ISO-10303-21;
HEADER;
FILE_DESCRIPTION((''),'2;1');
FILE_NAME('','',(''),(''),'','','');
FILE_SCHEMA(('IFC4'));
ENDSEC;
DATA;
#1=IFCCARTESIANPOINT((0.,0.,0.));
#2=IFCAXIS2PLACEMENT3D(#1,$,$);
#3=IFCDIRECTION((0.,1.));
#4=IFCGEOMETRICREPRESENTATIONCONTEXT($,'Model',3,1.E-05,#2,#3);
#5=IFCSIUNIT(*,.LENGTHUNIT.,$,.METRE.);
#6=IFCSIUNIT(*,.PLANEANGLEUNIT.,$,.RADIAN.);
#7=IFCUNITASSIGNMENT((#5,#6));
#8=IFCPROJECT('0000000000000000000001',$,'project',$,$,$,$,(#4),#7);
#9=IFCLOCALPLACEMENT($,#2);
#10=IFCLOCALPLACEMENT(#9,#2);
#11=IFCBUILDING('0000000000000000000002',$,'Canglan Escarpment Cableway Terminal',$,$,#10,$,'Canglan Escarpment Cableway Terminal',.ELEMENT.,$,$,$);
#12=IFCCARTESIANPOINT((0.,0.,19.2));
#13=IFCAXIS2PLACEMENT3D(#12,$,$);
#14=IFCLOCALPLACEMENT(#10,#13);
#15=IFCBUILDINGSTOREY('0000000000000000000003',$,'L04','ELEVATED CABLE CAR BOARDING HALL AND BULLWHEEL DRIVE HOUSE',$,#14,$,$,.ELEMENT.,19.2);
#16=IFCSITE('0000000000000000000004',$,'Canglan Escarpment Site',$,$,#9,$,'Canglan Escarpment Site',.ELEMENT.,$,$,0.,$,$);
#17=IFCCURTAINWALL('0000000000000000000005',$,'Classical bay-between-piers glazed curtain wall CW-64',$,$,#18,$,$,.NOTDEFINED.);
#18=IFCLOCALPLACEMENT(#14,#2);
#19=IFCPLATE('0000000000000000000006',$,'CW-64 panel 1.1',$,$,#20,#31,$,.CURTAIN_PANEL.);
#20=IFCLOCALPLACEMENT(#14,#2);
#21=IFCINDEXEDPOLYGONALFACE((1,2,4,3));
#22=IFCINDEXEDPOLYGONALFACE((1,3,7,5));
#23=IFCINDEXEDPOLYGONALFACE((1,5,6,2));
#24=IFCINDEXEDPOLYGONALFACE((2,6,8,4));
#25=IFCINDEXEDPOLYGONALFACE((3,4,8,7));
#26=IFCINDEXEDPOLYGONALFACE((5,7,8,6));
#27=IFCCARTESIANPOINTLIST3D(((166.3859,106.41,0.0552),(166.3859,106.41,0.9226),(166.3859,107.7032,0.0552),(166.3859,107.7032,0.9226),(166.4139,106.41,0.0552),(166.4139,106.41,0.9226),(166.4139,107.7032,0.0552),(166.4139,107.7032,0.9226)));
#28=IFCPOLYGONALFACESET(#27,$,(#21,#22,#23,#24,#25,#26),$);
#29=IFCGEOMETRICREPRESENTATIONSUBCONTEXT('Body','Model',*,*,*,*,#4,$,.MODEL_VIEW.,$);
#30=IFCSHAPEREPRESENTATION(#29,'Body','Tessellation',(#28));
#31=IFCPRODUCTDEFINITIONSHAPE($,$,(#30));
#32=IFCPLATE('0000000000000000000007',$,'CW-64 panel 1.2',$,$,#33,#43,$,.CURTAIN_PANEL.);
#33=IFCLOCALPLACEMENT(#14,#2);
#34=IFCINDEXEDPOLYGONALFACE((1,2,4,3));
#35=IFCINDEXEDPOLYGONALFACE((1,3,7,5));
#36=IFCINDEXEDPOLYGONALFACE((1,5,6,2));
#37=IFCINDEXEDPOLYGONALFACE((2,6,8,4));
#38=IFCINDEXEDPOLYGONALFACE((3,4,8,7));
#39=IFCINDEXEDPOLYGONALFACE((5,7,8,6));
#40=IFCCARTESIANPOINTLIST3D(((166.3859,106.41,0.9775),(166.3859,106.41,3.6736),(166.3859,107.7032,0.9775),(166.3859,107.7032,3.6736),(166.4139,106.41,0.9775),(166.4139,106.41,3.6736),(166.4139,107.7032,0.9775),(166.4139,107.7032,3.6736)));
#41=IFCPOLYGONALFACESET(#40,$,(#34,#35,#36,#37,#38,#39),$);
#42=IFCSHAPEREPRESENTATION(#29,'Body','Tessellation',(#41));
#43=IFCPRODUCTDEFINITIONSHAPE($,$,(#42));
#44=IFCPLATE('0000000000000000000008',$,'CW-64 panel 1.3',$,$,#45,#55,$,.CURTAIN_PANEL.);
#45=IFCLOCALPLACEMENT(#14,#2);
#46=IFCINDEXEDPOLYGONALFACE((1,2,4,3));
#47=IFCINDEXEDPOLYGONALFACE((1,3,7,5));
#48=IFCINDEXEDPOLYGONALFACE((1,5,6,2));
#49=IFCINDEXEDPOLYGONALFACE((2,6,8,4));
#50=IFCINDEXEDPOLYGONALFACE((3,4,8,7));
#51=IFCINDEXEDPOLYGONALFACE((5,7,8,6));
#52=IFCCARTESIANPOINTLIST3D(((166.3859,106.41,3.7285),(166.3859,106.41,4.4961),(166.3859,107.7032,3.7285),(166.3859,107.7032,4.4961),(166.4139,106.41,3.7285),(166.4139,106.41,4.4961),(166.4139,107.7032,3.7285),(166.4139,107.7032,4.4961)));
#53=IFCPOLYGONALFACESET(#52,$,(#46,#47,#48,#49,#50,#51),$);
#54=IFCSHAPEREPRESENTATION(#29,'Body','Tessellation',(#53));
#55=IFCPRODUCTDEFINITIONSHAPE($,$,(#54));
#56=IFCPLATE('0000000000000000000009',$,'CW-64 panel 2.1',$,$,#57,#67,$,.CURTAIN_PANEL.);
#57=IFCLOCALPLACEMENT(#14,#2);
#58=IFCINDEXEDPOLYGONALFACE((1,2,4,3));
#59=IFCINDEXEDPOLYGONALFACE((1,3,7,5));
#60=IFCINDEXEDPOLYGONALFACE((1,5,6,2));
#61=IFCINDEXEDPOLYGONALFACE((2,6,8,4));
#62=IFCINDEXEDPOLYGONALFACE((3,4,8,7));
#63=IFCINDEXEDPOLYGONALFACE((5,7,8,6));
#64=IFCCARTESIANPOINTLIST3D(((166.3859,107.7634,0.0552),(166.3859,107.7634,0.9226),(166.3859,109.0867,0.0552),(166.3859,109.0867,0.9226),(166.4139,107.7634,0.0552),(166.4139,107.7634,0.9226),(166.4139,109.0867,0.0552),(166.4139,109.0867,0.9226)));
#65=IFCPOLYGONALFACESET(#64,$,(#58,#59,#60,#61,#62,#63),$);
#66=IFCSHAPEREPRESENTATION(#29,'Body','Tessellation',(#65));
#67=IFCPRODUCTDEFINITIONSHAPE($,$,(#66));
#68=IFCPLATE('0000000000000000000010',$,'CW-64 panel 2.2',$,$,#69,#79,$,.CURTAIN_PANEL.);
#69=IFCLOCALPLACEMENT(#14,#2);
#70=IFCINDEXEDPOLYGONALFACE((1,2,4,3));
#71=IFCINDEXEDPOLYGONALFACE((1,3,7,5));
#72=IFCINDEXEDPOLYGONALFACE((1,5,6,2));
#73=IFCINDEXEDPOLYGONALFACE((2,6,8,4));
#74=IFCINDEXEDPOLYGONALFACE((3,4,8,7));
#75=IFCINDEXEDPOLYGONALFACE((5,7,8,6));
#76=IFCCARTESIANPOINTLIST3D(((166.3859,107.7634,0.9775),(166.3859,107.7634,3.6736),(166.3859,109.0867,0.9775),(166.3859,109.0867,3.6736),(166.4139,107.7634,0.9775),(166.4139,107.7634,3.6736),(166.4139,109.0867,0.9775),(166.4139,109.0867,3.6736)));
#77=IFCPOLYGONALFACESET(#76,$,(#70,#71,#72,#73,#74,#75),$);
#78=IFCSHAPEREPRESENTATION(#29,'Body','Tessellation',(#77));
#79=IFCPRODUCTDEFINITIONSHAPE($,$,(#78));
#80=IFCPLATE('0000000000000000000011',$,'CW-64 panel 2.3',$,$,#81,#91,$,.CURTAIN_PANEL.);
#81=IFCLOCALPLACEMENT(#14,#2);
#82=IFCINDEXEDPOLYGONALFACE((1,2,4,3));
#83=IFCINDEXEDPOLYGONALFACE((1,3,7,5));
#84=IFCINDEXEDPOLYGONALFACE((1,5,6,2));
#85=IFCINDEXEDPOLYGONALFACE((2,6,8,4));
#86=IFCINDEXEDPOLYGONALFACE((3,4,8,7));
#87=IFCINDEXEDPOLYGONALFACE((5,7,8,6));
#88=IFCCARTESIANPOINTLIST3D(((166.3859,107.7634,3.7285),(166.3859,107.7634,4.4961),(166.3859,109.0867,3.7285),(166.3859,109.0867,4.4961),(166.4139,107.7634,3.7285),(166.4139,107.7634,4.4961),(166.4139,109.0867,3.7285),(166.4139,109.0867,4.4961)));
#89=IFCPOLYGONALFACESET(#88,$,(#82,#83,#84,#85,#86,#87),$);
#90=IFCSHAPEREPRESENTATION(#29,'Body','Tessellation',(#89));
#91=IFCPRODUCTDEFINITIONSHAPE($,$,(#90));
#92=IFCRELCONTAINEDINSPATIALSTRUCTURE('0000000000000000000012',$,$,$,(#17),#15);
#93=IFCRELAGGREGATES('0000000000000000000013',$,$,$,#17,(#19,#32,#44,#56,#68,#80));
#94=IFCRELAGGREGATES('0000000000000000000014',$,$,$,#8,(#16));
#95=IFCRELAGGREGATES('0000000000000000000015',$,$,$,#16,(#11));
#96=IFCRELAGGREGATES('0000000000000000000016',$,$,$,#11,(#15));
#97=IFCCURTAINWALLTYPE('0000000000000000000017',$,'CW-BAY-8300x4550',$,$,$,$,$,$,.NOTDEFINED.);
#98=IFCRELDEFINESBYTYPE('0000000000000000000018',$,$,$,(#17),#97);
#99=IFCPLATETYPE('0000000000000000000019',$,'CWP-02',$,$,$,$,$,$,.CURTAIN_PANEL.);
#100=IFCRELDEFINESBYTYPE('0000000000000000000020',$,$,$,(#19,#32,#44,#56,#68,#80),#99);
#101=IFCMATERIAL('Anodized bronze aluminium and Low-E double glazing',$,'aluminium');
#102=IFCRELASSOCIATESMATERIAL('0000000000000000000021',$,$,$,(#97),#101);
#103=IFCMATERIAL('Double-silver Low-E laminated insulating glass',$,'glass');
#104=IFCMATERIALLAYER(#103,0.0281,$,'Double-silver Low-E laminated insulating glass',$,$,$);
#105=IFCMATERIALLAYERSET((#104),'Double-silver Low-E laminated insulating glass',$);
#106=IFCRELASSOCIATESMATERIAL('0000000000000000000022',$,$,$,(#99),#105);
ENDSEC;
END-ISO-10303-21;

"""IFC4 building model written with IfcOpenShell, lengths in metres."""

from ifc_helpers import new_model, si_unit, direction, frame, origin, origin_2d, place, context, subcontext, project, spatial, rectangle, extrude, material, layer, layer_set, type_object, element, aggregate, save


model = new_model("IFC4")

# Units and contexts
model_context = context("Model", 3, precision=1e-05, world=origin(), true_north=direction((0.0, 1.0)))
body_context = subcontext(model_context, "Body", "Model", "MODEL_VIEW")
ifc_project = project(units=[si_unit("LENGTHUNIT", "METRE"), si_unit("PLANEANGLEUNIT", "RADIAN")], contexts=[model_context])

# Site, building, storey
site_placement = place(None, origin())
site = spatial("IfcSite", under=ifc_project, at=site_placement, Name="Canglan Escarpment Site", LongName="Canglan Escarpment Site", CompositionType="ELEMENT", RefElevation=0.0)
building_placement = place(site_placement, origin())
building = spatial("IfcBuilding", under=site, at=building_placement, Name="Canglan Escarpment Cableway Terminal", LongName="Canglan Escarpment Cableway Terminal", CompositionType="ELEMENT")
storey_placement = place(building_placement, frame((0.0, 0.0, 19.2)))
storey = spatial("IfcBuildingStorey", under=building, at=storey_placement, Name="L04", Description="ELEVATED CABLE CAR BOARDING HALL AND BULLWHEEL DRIVE HOUSE", CompositionType="ELEMENT", Elevation=19.2)

# Curtain wall
ifc_material_1 = material(Name="Anodized bronze aluminium and Low-E double glazing", Category="aluminium")
curtain_wall_type = type_object("IfcCurtainWallType", Name="CW-BAY-8300x4550", PredefinedType="NOTDEFINED", material=ifc_material_1)
curtain_wall_1_placement = place(storey_placement, origin())
curtain_wall_1 = element("IfcCurtainWall", 1, at=curtain_wall_1_placement, inside=storey, type_object=curtain_wall_type, Name="Classical bay-between-piers glazed curtain wall CW-64", PredefinedType="NOTDEFINED")

# Plates
ifc_material_2 = material(Name="Double-silver Low-E laminated insulating glass", Category="glass")
ifc_layer_1 = layer(ifc_material_2, 0.0281, Name="Double-silver Low-E laminated insulating glass")
ifc_layer_set_1 = layer_set([ifc_layer_1], Name="Double-silver Low-E laminated insulating glass")
plate_type_1 = type_object("IfcPlateType", Name="CWP-02", PredefinedType="CURTAIN_PANEL", material=ifc_layer_set_1)
plate_1_placement = place(storey_placement, frame((166.3999, 107.0566, 0.0552), z_axis=(0.0, 0.0, 1.0), x_axis=(0.0, 1.0, 0.0)))
plate_1 = element("IfcPlate", 2, at=plate_1_placement, type_object=plate_type_1, Name="CW-64 panel 1.1", PredefinedType="CURTAIN_PANEL", context=body_context, shape_type="SweptSolid", body=[
    extrude(rectangle(XDim=1.2932, YDim=0.0281, at=origin_2d()), origin(), (0.0, 0.0, 1.0), 0.8674),
])
plate_2_placement = place(storey_placement, frame((166.3999, 107.0566, 0.9775), z_axis=(0.0, 0.0, 1.0), x_axis=(0.0, 1.0, 0.0)))
plate_2 = element("IfcPlate", 3, at=plate_2_placement, type_object=plate_type_1, Name="CW-64 panel 1.2", PredefinedType="CURTAIN_PANEL", context=body_context, shape_type="SweptSolid", body=[
    extrude(rectangle(XDim=1.2932, YDim=0.0281, at=origin_2d()), origin(), (0.0, 0.0, 1.0), 2.696),
])
plate_3_placement = place(storey_placement, frame((166.3999, 107.0566, 3.7285), z_axis=(0.0, 0.0, 1.0), x_axis=(0.0, 1.0, 0.0)))
plate_3 = element("IfcPlate", 4, at=plate_3_placement, type_object=plate_type_1, Name="CW-64 panel 1.3", PredefinedType="CURTAIN_PANEL", context=body_context, shape_type="SweptSolid", body=[
    extrude(rectangle(XDim=1.2932, YDim=0.0281, at=origin_2d()), origin(), (0.0, 0.0, 1.0), 0.7676),
])
plate_4_placement = place(storey_placement, frame((166.3999, 108.425, 0.0552), z_axis=(0.0, 0.0, 1.0), x_axis=(0.0, 1.0, 0.0)))
plate_4 = element("IfcPlate", 5, at=plate_4_placement, type_object=plate_type_1, Name="CW-64 panel 2.1", PredefinedType="CURTAIN_PANEL", context=body_context, shape_type="SweptSolid", body=[
    extrude(rectangle(XDim=1.3232, YDim=0.0281, at=origin_2d()), origin(), (0.0, 0.0, 1.0), 0.8674),
])
plate_5_placement = place(storey_placement, frame((166.3999, 108.425, 0.9775), z_axis=(0.0, 0.0, 1.0), x_axis=(0.0, 1.0, 0.0)))
plate_5 = element("IfcPlate", 6, at=plate_5_placement, type_object=plate_type_1, Name="CW-64 panel 2.2", PredefinedType="CURTAIN_PANEL", context=body_context, shape_type="SweptSolid", body=[
    extrude(rectangle(XDim=1.3232, YDim=0.0281, at=origin_2d()), origin(), (0.0, 0.0, 1.0), 2.696),
])
plate_6_placement = place(storey_placement, frame((166.3999, 108.425, 3.7285), z_axis=(0.0, 0.0, 1.0), x_axis=(0.0, 1.0, 0.0)))
plate_6 = element("IfcPlate", 7, at=plate_6_placement, type_object=plate_type_1, Name="CW-64 panel 2.3", PredefinedType="CURTAIN_PANEL", context=body_context, shape_type="SweptSolid", body=[
    extrude(rectangle(XDim=1.3232, YDim=0.0281, at=origin_2d()), origin(), (0.0, 0.0, 1.0), 0.7676),
])
aggregate(curtain_wall_1, [plate_1, plate_2, plate_3, plate_4, plate_5, plate_6])

save(model, "model.ifc")
